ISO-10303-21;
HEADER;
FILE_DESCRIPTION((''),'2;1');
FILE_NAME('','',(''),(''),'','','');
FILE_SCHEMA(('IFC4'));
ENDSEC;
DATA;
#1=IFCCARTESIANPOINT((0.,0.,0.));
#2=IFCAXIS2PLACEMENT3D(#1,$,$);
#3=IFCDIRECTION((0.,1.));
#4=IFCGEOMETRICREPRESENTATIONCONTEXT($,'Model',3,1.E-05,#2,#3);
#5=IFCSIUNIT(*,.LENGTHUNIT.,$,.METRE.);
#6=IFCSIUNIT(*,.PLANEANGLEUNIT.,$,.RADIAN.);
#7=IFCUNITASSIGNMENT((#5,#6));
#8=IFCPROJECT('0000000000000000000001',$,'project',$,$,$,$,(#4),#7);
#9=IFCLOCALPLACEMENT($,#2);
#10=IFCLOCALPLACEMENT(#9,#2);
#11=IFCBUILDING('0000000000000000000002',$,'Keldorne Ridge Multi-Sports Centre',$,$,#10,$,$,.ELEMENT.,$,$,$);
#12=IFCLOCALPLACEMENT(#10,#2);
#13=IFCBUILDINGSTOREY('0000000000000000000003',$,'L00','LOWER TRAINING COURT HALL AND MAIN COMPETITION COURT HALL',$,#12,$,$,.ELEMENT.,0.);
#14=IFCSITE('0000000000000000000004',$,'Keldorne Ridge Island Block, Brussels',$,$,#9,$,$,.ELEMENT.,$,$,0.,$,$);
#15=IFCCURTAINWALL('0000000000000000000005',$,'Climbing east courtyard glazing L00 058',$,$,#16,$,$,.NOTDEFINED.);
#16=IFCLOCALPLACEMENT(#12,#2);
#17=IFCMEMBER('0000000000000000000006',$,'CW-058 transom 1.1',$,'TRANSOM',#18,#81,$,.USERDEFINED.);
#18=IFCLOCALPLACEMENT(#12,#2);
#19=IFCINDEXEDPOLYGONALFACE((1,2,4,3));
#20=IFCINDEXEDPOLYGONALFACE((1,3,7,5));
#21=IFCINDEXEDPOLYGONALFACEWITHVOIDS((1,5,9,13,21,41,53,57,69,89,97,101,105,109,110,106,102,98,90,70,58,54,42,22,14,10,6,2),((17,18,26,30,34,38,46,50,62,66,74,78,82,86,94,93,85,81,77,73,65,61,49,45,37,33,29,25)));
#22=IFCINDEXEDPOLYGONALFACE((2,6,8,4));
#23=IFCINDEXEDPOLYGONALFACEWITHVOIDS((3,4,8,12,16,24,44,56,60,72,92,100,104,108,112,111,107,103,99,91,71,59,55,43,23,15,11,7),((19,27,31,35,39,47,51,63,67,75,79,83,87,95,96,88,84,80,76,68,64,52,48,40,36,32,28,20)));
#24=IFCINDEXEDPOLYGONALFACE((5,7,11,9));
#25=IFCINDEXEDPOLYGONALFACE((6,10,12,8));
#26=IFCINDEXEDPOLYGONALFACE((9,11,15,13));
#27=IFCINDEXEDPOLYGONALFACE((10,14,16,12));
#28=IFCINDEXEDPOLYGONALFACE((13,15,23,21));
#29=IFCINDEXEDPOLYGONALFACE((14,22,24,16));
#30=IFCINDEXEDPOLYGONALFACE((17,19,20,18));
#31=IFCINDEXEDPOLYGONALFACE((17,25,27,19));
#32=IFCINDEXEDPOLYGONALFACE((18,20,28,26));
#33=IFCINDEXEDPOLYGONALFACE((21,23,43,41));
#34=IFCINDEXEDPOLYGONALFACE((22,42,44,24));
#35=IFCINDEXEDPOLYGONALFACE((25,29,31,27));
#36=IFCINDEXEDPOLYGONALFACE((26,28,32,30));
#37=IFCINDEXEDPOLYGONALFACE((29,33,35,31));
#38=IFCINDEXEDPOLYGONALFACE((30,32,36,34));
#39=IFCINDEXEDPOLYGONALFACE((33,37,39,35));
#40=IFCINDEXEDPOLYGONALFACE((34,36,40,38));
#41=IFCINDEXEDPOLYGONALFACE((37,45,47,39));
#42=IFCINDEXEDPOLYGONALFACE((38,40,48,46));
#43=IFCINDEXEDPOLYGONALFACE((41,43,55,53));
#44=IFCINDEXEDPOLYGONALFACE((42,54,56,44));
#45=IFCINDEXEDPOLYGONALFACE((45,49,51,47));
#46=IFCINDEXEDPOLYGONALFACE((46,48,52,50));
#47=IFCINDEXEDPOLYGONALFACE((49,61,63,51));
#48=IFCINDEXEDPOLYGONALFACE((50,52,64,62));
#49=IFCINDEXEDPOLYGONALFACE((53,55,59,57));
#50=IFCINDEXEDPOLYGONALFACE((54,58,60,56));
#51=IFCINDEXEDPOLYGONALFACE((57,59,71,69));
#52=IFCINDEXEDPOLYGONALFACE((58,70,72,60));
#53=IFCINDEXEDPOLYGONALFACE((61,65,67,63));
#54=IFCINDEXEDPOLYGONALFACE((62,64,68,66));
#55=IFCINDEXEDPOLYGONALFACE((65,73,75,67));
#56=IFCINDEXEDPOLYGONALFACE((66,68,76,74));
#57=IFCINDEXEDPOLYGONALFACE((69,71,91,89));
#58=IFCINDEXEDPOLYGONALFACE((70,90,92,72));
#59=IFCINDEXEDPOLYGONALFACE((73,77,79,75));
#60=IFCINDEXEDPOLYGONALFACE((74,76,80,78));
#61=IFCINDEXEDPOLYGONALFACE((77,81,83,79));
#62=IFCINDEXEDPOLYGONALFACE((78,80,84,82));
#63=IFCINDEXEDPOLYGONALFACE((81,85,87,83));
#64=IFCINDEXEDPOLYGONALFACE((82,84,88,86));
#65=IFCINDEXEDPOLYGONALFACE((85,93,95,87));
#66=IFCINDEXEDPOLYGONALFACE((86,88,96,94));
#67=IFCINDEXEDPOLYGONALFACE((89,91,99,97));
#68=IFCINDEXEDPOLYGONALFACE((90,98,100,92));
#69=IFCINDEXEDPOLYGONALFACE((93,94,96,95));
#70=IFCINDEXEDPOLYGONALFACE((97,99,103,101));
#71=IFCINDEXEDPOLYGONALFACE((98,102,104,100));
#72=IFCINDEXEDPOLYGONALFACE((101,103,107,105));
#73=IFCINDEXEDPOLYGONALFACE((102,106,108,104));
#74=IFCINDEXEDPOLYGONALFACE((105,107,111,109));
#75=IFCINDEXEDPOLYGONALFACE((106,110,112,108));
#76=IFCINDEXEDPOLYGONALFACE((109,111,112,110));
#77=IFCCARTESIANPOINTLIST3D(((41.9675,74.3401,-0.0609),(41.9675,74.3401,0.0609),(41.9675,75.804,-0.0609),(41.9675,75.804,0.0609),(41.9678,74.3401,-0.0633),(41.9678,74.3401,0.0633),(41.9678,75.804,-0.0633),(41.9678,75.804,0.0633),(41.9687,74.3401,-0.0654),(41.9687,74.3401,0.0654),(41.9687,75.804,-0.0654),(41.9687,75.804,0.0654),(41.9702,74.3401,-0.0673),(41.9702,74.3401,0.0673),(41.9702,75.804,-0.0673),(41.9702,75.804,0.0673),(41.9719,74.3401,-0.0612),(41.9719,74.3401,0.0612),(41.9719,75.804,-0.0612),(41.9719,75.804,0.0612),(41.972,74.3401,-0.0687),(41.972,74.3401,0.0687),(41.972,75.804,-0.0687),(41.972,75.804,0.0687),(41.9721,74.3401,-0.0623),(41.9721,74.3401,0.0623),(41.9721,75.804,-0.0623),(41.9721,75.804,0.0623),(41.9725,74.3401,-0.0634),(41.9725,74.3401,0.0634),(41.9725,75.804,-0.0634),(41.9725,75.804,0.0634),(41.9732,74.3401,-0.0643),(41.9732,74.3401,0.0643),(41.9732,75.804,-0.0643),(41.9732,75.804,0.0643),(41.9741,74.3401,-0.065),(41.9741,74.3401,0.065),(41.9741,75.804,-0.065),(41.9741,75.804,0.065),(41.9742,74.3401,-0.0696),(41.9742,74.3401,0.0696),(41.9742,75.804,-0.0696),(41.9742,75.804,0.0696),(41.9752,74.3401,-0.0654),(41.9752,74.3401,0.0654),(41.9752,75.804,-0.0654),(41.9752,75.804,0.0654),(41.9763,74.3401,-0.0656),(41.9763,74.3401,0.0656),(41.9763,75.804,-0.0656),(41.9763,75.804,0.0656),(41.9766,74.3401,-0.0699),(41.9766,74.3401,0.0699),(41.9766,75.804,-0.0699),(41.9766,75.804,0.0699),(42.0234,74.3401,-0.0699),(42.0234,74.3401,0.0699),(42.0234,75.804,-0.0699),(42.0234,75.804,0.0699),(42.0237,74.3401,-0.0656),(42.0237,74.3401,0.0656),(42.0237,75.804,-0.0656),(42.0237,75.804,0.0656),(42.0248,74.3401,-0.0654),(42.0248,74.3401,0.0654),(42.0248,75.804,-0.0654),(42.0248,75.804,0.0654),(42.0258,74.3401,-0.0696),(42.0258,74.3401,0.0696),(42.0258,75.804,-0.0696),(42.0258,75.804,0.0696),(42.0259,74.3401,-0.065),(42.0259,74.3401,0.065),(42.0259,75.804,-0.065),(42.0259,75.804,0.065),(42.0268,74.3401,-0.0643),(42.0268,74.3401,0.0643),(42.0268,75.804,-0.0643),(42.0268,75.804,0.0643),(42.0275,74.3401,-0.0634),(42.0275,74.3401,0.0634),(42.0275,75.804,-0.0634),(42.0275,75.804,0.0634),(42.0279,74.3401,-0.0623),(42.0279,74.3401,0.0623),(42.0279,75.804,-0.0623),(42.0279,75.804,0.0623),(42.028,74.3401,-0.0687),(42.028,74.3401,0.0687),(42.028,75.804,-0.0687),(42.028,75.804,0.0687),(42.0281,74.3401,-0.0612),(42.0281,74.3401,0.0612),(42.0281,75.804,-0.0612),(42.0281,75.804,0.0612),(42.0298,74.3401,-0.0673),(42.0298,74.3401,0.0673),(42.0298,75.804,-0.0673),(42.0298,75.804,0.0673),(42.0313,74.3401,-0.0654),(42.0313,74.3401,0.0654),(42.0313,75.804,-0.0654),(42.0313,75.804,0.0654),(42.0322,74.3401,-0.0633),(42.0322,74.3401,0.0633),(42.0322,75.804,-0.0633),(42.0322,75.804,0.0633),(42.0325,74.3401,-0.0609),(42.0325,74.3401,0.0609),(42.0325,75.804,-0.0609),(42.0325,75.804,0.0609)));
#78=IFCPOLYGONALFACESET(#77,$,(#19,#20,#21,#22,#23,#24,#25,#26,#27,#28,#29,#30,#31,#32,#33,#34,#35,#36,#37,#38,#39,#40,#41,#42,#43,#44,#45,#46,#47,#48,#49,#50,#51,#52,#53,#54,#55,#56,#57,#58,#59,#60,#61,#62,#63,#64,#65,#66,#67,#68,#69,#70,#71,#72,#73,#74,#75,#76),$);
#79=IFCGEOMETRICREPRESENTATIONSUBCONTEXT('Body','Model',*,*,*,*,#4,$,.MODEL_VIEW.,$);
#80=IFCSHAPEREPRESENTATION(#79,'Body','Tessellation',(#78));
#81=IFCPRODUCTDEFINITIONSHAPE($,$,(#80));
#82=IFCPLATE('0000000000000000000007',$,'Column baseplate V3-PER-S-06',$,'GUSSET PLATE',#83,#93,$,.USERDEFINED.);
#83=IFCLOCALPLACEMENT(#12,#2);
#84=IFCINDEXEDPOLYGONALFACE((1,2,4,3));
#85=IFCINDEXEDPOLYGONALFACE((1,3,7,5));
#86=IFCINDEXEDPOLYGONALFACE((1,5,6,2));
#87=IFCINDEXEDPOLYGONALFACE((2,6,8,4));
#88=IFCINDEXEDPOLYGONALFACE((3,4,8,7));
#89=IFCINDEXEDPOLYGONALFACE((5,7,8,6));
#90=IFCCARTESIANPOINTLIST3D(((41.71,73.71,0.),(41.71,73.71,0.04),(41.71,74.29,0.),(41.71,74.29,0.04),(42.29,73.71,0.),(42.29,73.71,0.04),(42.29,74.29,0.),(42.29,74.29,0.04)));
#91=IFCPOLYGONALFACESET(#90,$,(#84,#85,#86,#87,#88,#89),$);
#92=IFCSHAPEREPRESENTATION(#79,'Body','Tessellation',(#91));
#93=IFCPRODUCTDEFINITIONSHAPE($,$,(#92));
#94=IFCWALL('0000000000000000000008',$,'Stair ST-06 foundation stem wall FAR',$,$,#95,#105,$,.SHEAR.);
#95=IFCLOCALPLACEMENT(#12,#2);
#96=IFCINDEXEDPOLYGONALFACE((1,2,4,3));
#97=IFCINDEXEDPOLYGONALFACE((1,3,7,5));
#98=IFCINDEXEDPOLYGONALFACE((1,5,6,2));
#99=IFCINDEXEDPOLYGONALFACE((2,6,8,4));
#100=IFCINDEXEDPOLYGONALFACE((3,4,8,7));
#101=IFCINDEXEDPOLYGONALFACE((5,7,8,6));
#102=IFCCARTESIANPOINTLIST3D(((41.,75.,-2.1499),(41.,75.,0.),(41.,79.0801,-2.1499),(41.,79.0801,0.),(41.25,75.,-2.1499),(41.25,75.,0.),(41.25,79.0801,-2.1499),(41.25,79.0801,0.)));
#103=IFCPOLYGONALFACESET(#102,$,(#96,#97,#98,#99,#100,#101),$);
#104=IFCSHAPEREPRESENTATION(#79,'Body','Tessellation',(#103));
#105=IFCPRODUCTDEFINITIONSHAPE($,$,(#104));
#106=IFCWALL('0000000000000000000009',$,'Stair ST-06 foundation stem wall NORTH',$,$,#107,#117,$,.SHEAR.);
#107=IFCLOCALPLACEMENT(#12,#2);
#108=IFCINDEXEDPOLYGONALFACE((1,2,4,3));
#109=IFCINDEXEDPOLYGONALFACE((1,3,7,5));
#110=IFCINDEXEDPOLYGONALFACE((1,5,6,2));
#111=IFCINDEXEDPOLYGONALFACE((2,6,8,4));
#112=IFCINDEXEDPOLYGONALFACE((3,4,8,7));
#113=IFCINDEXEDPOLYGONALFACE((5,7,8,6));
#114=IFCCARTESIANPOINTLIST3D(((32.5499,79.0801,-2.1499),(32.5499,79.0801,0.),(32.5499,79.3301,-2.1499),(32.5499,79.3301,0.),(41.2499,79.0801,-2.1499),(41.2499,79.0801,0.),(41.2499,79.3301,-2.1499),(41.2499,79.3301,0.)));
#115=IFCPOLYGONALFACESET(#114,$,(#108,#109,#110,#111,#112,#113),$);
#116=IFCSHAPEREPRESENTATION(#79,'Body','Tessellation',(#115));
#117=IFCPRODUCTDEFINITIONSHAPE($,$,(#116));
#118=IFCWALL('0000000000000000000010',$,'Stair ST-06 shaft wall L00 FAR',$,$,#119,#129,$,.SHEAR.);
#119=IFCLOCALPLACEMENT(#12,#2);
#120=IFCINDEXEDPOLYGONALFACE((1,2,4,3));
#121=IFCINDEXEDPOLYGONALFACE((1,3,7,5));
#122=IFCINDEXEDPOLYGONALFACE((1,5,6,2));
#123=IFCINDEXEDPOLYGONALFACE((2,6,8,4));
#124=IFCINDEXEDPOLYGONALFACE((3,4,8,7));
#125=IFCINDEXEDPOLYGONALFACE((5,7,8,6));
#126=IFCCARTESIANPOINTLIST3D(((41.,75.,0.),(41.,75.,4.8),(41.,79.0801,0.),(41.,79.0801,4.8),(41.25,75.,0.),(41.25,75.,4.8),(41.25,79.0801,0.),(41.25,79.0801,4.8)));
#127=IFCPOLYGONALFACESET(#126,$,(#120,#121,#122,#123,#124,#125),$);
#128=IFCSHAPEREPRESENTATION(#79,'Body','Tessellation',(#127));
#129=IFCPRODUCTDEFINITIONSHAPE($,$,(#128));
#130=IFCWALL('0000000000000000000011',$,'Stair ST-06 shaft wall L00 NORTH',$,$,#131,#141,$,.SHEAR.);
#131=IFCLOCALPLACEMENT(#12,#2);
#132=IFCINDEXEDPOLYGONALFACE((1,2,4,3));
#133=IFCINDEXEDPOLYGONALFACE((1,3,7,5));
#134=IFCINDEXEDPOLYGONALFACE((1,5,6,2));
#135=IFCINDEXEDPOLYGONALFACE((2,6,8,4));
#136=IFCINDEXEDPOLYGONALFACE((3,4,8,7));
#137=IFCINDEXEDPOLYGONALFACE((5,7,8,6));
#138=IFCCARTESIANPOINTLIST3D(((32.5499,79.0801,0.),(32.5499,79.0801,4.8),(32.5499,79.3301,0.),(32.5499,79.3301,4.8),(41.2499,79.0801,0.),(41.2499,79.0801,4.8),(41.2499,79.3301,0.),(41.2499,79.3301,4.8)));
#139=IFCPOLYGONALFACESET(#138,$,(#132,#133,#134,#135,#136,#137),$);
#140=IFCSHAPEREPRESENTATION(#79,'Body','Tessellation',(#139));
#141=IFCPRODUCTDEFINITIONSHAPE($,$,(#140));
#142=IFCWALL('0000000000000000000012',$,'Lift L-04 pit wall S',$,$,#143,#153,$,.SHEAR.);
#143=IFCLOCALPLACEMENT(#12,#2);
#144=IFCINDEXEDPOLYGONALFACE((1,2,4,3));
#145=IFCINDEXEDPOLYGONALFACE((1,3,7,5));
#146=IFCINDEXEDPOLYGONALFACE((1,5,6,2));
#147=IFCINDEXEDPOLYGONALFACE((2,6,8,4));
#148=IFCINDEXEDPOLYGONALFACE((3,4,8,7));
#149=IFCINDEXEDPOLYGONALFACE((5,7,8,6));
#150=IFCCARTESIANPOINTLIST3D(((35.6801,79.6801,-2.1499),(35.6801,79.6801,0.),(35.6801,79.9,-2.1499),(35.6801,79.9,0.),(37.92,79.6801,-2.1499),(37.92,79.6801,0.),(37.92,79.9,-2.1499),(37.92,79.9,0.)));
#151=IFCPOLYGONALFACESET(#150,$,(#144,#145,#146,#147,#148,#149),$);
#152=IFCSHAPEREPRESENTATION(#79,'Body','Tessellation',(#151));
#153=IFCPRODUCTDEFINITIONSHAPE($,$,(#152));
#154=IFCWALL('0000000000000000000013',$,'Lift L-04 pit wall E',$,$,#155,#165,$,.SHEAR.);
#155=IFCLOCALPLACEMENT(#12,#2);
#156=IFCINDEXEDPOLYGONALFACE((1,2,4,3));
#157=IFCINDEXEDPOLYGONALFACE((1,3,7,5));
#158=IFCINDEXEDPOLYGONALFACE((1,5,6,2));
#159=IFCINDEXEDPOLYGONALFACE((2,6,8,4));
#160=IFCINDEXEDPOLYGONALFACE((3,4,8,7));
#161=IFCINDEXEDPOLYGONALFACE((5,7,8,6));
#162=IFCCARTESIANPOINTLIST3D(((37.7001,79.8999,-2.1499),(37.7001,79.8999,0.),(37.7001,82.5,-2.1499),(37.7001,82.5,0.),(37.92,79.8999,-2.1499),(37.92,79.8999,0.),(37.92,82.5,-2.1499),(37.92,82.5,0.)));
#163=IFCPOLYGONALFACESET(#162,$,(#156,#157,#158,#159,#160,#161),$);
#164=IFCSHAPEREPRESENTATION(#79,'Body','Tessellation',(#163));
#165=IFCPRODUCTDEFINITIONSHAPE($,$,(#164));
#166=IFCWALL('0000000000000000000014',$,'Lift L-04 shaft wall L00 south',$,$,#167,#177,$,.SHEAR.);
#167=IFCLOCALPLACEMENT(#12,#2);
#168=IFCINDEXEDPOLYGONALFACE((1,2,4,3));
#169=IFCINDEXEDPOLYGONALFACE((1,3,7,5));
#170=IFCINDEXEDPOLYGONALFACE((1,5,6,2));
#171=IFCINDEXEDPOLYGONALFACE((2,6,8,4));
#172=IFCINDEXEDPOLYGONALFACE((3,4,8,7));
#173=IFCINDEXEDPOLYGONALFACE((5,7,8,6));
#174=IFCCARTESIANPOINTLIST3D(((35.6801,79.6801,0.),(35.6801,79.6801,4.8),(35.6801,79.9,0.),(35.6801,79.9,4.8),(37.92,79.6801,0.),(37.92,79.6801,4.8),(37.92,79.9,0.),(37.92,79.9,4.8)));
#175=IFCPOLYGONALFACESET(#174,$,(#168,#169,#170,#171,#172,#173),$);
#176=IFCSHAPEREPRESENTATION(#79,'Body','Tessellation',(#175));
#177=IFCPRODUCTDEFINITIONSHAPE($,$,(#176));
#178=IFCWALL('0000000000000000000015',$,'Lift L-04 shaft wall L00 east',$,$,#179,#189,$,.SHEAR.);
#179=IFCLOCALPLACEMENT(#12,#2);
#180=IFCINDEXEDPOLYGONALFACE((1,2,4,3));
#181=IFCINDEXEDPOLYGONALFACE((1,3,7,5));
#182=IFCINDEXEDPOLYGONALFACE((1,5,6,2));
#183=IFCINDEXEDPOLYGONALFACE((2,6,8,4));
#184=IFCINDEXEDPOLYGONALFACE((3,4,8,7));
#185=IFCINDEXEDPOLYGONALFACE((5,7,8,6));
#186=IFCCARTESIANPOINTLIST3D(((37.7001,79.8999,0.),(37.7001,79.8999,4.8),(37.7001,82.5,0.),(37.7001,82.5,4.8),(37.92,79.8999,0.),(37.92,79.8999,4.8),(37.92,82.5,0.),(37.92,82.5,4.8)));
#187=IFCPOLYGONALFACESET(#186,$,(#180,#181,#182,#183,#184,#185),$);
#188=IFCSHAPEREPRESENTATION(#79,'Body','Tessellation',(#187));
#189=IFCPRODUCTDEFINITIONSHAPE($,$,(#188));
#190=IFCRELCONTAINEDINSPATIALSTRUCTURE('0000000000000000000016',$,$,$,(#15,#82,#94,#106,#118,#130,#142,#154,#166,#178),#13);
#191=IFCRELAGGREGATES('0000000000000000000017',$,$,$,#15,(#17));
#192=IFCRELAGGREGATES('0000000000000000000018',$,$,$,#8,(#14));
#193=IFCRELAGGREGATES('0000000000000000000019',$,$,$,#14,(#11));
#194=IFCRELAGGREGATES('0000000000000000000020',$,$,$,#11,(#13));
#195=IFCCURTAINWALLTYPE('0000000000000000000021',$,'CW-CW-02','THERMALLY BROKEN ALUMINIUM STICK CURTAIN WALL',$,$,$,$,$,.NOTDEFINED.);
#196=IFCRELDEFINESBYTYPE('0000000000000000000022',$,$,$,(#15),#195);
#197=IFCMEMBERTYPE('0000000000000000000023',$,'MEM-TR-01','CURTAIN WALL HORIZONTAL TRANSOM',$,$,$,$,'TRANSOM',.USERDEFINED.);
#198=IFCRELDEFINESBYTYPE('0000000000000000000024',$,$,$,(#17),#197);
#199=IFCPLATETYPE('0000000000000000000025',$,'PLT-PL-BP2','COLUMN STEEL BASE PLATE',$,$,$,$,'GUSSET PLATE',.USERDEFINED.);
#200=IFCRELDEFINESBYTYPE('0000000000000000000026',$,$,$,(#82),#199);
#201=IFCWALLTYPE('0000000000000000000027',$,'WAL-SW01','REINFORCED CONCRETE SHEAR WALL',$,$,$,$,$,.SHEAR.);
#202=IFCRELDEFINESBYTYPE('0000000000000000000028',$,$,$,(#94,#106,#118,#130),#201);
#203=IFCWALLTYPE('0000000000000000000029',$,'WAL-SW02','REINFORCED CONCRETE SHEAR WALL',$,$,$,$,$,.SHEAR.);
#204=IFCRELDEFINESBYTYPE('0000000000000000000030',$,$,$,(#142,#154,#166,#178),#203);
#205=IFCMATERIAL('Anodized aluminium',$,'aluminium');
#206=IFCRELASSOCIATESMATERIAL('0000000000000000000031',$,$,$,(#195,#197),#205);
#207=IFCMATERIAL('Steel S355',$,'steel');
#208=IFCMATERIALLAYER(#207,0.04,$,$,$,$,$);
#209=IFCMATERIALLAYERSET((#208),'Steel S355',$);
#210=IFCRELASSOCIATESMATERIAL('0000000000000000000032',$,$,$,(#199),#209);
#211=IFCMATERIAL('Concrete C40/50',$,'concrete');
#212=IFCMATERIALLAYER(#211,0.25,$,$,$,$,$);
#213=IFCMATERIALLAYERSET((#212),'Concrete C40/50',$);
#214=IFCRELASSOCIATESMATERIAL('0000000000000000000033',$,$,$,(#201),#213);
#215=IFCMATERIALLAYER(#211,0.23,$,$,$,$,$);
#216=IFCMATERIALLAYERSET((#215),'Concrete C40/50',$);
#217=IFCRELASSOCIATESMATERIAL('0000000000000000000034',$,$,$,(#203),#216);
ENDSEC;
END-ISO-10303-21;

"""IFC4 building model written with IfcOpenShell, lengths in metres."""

from ifc_helpers import new_model, si_unit, direction, frame, frame_2d, origin, origin_2d, place, context, subcontext, project, spatial, rectangle, hollow_rectangle, extrude, material, layer, layer_set, material_profile, profile_set, type_object, element, aggregate, save


model = new_model("IFC4")

# Units and contexts
model_context = context("Model", 3, precision=1e-05, world=origin(), true_north=direction((0.0, 1.0)))
body_context = subcontext(model_context, "Body", "Model", "MODEL_VIEW")
ifc_project = project(units=[si_unit("LENGTHUNIT", "METRE"), si_unit("PLANEANGLEUNIT", "RADIAN")], contexts=[model_context])

# Site, building, storey
site_placement = place(None, origin())
site = spatial("IfcSite", under=ifc_project, at=site_placement, Name="Keldorne Ridge Island Block, Brussels", CompositionType="ELEMENT", RefElevation=0.0)
building_placement = place(site_placement, origin())
building = spatial("IfcBuilding", under=site, at=building_placement, Name="Keldorne Ridge Multi-Sports Centre", CompositionType="ELEMENT")
storey_placement = place(building_placement, origin())
storey = spatial("IfcBuildingStorey", under=building, at=storey_placement, Name="L00", Description="LOWER TRAINING COURT HALL AND MAIN COMPETITION COURT HALL", CompositionType="ELEMENT", Elevation=0.0)

# Shared definitions
ifc_material_1 = material(Name="Steel S355", Category="steel")
ifc_material_2 = material(Name="Concrete C40/50", Category="concrete")

# Curtain wall
ifc_material_3 = material(Name="Anodized aluminium", Category="aluminium")
curtain_wall_type_1 = type_object("IfcCurtainWallType", Name="CW-CW-02", Description="THERMALLY BROKEN ALUMINIUM STICK CURTAIN WALL", PredefinedType="NOTDEFINED", material=ifc_material_3)
curtain_wall_1_placement = place(storey_placement, origin())
curtain_wall_1 = element("IfcCurtainWall", 1, at=curtain_wall_1_placement, inside=storey, type_object=curtain_wall_type_1, Name="Climbing east courtyard glazing L00 058", PredefinedType="NOTDEFINED")

# Shared definitions
ifc_material_profile_1 = material_profile(ifc_material_3, hollow_rectangle(XDim=0.0649, YDim=0.1399, WallThickness=0.0044, InnerFilletRadius=0.0044, OuterFilletRadius=0.009, at=origin_2d()), Name="ALU TRANSOM 140x65x4.5")
ifc_profile_set_1 = profile_set([ifc_material_profile_1], Name="Anodized aluminium")
member_type_1 = type_object("IfcMemberType", Name="MEM-TR-01", Description="CURTAIN WALL HORIZONTAL TRANSOM", ElementType="TRANSOM", PredefinedType="USERDEFINED", material=ifc_profile_set_1)

# Member
member_1_placement = place(storey_placement, frame((42.0, 74.3401, 0.0), z_axis=(0.0, 1.0, 0.0), x_axis=(-1.0, 0.0, 0.0)))
member_1 = element("IfcMember", 2, at=member_1_placement, type_object=member_type_1, Name="CW-058 transom 1.1", ObjectType="TRANSOM", PredefinedType="USERDEFINED", context=body_context, shape_type="SweptSolid", body=[
    extrude(hollow_rectangle(XDim=0.0649, YDim=0.1399, WallThickness=0.0044, InnerFilletRadius=0.0044, OuterFilletRadius=0.009, at=origin_2d()), origin(), (0.0, 0.0, 1.0), 1.4639),
])
aggregate(curtain_wall_1, [member_1])

# Plate
ifc_layer_1 = layer(ifc_material_1, 0.04)
ifc_layer_set_1 = layer_set([ifc_layer_1], Name="Steel S355")
plate_type = type_object("IfcPlateType", Name="PLT-PL-BP2", Description="COLUMN STEEL BASE PLATE", ElementType="GUSSET PLATE", PredefinedType="USERDEFINED", material=ifc_layer_set_1)
plate_placement = place(storey_placement, frame((42.0, 74.0, 0.0), z_axis=(0.0, 0.0, 1.0), x_axis=(1.0, 0.0, 0.0)))
element("IfcPlate", 3, at=plate_placement, inside=storey, type_object=plate_type, Name="Column baseplate V3-PER-S-06", ObjectType="GUSSET PLATE", PredefinedType="USERDEFINED", context=body_context, shape_type="SweptSolid", body=[
    extrude(rectangle(XDim=0.5801, YDim=0.5801, at=origin_2d()), origin(), (0.0, 0.0, 1.0), 0.04),
])

# Walls
ifc_layer_2 = layer(ifc_material_2, 0.25)
ifc_layer_set_2 = layer_set([ifc_layer_2], Name="Concrete C40/50")
wall_type_1 = type_object("IfcWallType", Name="WAL-SW01", Description="REINFORCED CONCRETE SHEAR WALL", PredefinedType="SHEAR", material=ifc_layer_set_2)
wall_1_placement = place(storey_placement, frame((41.125, 79.0801, -2.1499), z_axis=(0.0, 0.0, 1.0), x_axis=(0.0, -1.0, 0.0)))
element("IfcWall", 4, at=wall_1_placement, inside=storey, type_object=wall_type_1, Name="Stair ST-06 foundation stem wall FAR", PredefinedType="SHEAR", context=body_context, shape_type="SweptSolid", body=[
    extrude(rectangle(XDim=4.0801, YDim=0.25, at=frame_2d((2.04, 0.0))), origin(), (0.0, 0.0, 1.0), 2.1499),
])
wall_2_placement = place(storey_placement, frame((41.25, 79.2051, -2.1499), z_axis=(0.0, 0.0, 1.0), x_axis=(-1.0, 0.0, 0.0)))
element("IfcWall", 5, at=wall_2_placement, inside=storey, type_object=wall_type_1, Name="Stair ST-06 foundation stem wall NORTH", PredefinedType="SHEAR", context=body_context, shape_type="SweptSolid", body=[
    extrude(rectangle(XDim=8.7, YDim=0.25, at=frame_2d((4.3501, 0.0))), origin(), (0.0, 0.0, 1.0), 2.1499),
])
wall_3_placement = place(storey_placement, frame((41.125, 79.0801, 0.0), z_axis=(0.0, 0.0, 1.0), x_axis=(0.0, -1.0, 0.0)))
element("IfcWall", 6, at=wall_3_placement, inside=storey, type_object=wall_type_1, Name="Stair ST-06 shaft wall L00 FAR", PredefinedType="SHEAR", context=body_context, shape_type="SweptSolid", body=[
    extrude(rectangle(XDim=4.0801, YDim=0.25, at=frame_2d((2.04, 0.0))), origin(), (0.0, 0.0, 1.0), 4.8),
])
wall_4_placement = place(storey_placement, frame((41.25, 79.2051, 0.0), z_axis=(0.0, 0.0, 1.0), x_axis=(-1.0, 0.0, 0.0)))
element("IfcWall", 7, at=wall_4_placement, inside=storey, type_object=wall_type_1, Name="Stair ST-06 shaft wall L00 NORTH", PredefinedType="SHEAR", context=body_context, shape_type="SweptSolid", body=[
    extrude(rectangle(XDim=8.7, YDim=0.25, at=frame_2d((4.3501, 0.0))), origin(), (0.0, 0.0, 1.0), 4.8),
])
ifc_layer_3 = layer(ifc_material_2, 0.23)
ifc_layer_set_3 = layer_set([ifc_layer_3], Name="Concrete C40/50")
wall_type_2 = type_object("IfcWallType", Name="WAL-SW02", Description="REINFORCED CONCRETE SHEAR WALL", PredefinedType="SHEAR", material=ifc_layer_set_3)
wall_5_placement = place(storey_placement, frame((35.6799, 79.79, -2.1499), z_axis=(0.0, 0.0, 1.0), x_axis=(1.0, 0.0, 0.0)))
element("IfcWall", 8, at=wall_5_placement, inside=storey, type_object=wall_type_2, Name="Lift L-04 pit wall S", PredefinedType="SHEAR", context=body_context, shape_type="SweptSolid", body=[
    extrude(rectangle(XDim=2.24, YDim=0.22, at=frame_2d((1.1201, 0.0))), origin(), (0.0, 0.0, 1.0), 2.1499),
])
wall_6_placement = place(storey_placement, frame((37.8101, 79.8999, -2.1499), z_axis=(0.0, 0.0, 1.0), x_axis=(0.0, 1.0, 0.0)))
element("IfcWall", 9, at=wall_6_placement, inside=storey, type_object=wall_type_2, Name="Lift L-04 pit wall E", PredefinedType="SHEAR", context=body_context, shape_type="SweptSolid", body=[
    extrude(rectangle(XDim=2.6001, YDim=0.22, at=frame_2d((1.3, 0.0))), origin(), (0.0, 0.0, 1.0), 2.1499),
])
wall_7_placement = place(storey_placement, frame((35.6799, 79.79, 0.0), z_axis=(0.0, 0.0, 1.0), x_axis=(1.0, 0.0, 0.0)))
element("IfcWall", 10, at=wall_7_placement, inside=storey, type_object=wall_type_2, Name="Lift L-04 shaft wall L00 south", PredefinedType="SHEAR", context=body_context, shape_type="SweptSolid", body=[
    extrude(rectangle(XDim=2.24, YDim=0.22, at=frame_2d((1.1201, 0.0))), origin(), (0.0, 0.0, 1.0), 4.8),
])
wall_8_placement = place(storey_placement, frame((37.8101, 79.8999, 0.0), z_axis=(0.0, 0.0, 1.0), x_axis=(0.0, 1.0, 0.0)))
element("IfcWall", 11, at=wall_8_placement, inside=storey, type_object=wall_type_2, Name="Lift L-04 shaft wall L00 east", PredefinedType="SHEAR", context=body_context, shape_type="SweptSolid", body=[
    extrude(rectangle(XDim=2.6001, YDim=0.22, at=frame_2d((1.3, 0.0))), origin(), (0.0, 0.0, 1.0), 4.8),
])

save(model, "model.ifc")
